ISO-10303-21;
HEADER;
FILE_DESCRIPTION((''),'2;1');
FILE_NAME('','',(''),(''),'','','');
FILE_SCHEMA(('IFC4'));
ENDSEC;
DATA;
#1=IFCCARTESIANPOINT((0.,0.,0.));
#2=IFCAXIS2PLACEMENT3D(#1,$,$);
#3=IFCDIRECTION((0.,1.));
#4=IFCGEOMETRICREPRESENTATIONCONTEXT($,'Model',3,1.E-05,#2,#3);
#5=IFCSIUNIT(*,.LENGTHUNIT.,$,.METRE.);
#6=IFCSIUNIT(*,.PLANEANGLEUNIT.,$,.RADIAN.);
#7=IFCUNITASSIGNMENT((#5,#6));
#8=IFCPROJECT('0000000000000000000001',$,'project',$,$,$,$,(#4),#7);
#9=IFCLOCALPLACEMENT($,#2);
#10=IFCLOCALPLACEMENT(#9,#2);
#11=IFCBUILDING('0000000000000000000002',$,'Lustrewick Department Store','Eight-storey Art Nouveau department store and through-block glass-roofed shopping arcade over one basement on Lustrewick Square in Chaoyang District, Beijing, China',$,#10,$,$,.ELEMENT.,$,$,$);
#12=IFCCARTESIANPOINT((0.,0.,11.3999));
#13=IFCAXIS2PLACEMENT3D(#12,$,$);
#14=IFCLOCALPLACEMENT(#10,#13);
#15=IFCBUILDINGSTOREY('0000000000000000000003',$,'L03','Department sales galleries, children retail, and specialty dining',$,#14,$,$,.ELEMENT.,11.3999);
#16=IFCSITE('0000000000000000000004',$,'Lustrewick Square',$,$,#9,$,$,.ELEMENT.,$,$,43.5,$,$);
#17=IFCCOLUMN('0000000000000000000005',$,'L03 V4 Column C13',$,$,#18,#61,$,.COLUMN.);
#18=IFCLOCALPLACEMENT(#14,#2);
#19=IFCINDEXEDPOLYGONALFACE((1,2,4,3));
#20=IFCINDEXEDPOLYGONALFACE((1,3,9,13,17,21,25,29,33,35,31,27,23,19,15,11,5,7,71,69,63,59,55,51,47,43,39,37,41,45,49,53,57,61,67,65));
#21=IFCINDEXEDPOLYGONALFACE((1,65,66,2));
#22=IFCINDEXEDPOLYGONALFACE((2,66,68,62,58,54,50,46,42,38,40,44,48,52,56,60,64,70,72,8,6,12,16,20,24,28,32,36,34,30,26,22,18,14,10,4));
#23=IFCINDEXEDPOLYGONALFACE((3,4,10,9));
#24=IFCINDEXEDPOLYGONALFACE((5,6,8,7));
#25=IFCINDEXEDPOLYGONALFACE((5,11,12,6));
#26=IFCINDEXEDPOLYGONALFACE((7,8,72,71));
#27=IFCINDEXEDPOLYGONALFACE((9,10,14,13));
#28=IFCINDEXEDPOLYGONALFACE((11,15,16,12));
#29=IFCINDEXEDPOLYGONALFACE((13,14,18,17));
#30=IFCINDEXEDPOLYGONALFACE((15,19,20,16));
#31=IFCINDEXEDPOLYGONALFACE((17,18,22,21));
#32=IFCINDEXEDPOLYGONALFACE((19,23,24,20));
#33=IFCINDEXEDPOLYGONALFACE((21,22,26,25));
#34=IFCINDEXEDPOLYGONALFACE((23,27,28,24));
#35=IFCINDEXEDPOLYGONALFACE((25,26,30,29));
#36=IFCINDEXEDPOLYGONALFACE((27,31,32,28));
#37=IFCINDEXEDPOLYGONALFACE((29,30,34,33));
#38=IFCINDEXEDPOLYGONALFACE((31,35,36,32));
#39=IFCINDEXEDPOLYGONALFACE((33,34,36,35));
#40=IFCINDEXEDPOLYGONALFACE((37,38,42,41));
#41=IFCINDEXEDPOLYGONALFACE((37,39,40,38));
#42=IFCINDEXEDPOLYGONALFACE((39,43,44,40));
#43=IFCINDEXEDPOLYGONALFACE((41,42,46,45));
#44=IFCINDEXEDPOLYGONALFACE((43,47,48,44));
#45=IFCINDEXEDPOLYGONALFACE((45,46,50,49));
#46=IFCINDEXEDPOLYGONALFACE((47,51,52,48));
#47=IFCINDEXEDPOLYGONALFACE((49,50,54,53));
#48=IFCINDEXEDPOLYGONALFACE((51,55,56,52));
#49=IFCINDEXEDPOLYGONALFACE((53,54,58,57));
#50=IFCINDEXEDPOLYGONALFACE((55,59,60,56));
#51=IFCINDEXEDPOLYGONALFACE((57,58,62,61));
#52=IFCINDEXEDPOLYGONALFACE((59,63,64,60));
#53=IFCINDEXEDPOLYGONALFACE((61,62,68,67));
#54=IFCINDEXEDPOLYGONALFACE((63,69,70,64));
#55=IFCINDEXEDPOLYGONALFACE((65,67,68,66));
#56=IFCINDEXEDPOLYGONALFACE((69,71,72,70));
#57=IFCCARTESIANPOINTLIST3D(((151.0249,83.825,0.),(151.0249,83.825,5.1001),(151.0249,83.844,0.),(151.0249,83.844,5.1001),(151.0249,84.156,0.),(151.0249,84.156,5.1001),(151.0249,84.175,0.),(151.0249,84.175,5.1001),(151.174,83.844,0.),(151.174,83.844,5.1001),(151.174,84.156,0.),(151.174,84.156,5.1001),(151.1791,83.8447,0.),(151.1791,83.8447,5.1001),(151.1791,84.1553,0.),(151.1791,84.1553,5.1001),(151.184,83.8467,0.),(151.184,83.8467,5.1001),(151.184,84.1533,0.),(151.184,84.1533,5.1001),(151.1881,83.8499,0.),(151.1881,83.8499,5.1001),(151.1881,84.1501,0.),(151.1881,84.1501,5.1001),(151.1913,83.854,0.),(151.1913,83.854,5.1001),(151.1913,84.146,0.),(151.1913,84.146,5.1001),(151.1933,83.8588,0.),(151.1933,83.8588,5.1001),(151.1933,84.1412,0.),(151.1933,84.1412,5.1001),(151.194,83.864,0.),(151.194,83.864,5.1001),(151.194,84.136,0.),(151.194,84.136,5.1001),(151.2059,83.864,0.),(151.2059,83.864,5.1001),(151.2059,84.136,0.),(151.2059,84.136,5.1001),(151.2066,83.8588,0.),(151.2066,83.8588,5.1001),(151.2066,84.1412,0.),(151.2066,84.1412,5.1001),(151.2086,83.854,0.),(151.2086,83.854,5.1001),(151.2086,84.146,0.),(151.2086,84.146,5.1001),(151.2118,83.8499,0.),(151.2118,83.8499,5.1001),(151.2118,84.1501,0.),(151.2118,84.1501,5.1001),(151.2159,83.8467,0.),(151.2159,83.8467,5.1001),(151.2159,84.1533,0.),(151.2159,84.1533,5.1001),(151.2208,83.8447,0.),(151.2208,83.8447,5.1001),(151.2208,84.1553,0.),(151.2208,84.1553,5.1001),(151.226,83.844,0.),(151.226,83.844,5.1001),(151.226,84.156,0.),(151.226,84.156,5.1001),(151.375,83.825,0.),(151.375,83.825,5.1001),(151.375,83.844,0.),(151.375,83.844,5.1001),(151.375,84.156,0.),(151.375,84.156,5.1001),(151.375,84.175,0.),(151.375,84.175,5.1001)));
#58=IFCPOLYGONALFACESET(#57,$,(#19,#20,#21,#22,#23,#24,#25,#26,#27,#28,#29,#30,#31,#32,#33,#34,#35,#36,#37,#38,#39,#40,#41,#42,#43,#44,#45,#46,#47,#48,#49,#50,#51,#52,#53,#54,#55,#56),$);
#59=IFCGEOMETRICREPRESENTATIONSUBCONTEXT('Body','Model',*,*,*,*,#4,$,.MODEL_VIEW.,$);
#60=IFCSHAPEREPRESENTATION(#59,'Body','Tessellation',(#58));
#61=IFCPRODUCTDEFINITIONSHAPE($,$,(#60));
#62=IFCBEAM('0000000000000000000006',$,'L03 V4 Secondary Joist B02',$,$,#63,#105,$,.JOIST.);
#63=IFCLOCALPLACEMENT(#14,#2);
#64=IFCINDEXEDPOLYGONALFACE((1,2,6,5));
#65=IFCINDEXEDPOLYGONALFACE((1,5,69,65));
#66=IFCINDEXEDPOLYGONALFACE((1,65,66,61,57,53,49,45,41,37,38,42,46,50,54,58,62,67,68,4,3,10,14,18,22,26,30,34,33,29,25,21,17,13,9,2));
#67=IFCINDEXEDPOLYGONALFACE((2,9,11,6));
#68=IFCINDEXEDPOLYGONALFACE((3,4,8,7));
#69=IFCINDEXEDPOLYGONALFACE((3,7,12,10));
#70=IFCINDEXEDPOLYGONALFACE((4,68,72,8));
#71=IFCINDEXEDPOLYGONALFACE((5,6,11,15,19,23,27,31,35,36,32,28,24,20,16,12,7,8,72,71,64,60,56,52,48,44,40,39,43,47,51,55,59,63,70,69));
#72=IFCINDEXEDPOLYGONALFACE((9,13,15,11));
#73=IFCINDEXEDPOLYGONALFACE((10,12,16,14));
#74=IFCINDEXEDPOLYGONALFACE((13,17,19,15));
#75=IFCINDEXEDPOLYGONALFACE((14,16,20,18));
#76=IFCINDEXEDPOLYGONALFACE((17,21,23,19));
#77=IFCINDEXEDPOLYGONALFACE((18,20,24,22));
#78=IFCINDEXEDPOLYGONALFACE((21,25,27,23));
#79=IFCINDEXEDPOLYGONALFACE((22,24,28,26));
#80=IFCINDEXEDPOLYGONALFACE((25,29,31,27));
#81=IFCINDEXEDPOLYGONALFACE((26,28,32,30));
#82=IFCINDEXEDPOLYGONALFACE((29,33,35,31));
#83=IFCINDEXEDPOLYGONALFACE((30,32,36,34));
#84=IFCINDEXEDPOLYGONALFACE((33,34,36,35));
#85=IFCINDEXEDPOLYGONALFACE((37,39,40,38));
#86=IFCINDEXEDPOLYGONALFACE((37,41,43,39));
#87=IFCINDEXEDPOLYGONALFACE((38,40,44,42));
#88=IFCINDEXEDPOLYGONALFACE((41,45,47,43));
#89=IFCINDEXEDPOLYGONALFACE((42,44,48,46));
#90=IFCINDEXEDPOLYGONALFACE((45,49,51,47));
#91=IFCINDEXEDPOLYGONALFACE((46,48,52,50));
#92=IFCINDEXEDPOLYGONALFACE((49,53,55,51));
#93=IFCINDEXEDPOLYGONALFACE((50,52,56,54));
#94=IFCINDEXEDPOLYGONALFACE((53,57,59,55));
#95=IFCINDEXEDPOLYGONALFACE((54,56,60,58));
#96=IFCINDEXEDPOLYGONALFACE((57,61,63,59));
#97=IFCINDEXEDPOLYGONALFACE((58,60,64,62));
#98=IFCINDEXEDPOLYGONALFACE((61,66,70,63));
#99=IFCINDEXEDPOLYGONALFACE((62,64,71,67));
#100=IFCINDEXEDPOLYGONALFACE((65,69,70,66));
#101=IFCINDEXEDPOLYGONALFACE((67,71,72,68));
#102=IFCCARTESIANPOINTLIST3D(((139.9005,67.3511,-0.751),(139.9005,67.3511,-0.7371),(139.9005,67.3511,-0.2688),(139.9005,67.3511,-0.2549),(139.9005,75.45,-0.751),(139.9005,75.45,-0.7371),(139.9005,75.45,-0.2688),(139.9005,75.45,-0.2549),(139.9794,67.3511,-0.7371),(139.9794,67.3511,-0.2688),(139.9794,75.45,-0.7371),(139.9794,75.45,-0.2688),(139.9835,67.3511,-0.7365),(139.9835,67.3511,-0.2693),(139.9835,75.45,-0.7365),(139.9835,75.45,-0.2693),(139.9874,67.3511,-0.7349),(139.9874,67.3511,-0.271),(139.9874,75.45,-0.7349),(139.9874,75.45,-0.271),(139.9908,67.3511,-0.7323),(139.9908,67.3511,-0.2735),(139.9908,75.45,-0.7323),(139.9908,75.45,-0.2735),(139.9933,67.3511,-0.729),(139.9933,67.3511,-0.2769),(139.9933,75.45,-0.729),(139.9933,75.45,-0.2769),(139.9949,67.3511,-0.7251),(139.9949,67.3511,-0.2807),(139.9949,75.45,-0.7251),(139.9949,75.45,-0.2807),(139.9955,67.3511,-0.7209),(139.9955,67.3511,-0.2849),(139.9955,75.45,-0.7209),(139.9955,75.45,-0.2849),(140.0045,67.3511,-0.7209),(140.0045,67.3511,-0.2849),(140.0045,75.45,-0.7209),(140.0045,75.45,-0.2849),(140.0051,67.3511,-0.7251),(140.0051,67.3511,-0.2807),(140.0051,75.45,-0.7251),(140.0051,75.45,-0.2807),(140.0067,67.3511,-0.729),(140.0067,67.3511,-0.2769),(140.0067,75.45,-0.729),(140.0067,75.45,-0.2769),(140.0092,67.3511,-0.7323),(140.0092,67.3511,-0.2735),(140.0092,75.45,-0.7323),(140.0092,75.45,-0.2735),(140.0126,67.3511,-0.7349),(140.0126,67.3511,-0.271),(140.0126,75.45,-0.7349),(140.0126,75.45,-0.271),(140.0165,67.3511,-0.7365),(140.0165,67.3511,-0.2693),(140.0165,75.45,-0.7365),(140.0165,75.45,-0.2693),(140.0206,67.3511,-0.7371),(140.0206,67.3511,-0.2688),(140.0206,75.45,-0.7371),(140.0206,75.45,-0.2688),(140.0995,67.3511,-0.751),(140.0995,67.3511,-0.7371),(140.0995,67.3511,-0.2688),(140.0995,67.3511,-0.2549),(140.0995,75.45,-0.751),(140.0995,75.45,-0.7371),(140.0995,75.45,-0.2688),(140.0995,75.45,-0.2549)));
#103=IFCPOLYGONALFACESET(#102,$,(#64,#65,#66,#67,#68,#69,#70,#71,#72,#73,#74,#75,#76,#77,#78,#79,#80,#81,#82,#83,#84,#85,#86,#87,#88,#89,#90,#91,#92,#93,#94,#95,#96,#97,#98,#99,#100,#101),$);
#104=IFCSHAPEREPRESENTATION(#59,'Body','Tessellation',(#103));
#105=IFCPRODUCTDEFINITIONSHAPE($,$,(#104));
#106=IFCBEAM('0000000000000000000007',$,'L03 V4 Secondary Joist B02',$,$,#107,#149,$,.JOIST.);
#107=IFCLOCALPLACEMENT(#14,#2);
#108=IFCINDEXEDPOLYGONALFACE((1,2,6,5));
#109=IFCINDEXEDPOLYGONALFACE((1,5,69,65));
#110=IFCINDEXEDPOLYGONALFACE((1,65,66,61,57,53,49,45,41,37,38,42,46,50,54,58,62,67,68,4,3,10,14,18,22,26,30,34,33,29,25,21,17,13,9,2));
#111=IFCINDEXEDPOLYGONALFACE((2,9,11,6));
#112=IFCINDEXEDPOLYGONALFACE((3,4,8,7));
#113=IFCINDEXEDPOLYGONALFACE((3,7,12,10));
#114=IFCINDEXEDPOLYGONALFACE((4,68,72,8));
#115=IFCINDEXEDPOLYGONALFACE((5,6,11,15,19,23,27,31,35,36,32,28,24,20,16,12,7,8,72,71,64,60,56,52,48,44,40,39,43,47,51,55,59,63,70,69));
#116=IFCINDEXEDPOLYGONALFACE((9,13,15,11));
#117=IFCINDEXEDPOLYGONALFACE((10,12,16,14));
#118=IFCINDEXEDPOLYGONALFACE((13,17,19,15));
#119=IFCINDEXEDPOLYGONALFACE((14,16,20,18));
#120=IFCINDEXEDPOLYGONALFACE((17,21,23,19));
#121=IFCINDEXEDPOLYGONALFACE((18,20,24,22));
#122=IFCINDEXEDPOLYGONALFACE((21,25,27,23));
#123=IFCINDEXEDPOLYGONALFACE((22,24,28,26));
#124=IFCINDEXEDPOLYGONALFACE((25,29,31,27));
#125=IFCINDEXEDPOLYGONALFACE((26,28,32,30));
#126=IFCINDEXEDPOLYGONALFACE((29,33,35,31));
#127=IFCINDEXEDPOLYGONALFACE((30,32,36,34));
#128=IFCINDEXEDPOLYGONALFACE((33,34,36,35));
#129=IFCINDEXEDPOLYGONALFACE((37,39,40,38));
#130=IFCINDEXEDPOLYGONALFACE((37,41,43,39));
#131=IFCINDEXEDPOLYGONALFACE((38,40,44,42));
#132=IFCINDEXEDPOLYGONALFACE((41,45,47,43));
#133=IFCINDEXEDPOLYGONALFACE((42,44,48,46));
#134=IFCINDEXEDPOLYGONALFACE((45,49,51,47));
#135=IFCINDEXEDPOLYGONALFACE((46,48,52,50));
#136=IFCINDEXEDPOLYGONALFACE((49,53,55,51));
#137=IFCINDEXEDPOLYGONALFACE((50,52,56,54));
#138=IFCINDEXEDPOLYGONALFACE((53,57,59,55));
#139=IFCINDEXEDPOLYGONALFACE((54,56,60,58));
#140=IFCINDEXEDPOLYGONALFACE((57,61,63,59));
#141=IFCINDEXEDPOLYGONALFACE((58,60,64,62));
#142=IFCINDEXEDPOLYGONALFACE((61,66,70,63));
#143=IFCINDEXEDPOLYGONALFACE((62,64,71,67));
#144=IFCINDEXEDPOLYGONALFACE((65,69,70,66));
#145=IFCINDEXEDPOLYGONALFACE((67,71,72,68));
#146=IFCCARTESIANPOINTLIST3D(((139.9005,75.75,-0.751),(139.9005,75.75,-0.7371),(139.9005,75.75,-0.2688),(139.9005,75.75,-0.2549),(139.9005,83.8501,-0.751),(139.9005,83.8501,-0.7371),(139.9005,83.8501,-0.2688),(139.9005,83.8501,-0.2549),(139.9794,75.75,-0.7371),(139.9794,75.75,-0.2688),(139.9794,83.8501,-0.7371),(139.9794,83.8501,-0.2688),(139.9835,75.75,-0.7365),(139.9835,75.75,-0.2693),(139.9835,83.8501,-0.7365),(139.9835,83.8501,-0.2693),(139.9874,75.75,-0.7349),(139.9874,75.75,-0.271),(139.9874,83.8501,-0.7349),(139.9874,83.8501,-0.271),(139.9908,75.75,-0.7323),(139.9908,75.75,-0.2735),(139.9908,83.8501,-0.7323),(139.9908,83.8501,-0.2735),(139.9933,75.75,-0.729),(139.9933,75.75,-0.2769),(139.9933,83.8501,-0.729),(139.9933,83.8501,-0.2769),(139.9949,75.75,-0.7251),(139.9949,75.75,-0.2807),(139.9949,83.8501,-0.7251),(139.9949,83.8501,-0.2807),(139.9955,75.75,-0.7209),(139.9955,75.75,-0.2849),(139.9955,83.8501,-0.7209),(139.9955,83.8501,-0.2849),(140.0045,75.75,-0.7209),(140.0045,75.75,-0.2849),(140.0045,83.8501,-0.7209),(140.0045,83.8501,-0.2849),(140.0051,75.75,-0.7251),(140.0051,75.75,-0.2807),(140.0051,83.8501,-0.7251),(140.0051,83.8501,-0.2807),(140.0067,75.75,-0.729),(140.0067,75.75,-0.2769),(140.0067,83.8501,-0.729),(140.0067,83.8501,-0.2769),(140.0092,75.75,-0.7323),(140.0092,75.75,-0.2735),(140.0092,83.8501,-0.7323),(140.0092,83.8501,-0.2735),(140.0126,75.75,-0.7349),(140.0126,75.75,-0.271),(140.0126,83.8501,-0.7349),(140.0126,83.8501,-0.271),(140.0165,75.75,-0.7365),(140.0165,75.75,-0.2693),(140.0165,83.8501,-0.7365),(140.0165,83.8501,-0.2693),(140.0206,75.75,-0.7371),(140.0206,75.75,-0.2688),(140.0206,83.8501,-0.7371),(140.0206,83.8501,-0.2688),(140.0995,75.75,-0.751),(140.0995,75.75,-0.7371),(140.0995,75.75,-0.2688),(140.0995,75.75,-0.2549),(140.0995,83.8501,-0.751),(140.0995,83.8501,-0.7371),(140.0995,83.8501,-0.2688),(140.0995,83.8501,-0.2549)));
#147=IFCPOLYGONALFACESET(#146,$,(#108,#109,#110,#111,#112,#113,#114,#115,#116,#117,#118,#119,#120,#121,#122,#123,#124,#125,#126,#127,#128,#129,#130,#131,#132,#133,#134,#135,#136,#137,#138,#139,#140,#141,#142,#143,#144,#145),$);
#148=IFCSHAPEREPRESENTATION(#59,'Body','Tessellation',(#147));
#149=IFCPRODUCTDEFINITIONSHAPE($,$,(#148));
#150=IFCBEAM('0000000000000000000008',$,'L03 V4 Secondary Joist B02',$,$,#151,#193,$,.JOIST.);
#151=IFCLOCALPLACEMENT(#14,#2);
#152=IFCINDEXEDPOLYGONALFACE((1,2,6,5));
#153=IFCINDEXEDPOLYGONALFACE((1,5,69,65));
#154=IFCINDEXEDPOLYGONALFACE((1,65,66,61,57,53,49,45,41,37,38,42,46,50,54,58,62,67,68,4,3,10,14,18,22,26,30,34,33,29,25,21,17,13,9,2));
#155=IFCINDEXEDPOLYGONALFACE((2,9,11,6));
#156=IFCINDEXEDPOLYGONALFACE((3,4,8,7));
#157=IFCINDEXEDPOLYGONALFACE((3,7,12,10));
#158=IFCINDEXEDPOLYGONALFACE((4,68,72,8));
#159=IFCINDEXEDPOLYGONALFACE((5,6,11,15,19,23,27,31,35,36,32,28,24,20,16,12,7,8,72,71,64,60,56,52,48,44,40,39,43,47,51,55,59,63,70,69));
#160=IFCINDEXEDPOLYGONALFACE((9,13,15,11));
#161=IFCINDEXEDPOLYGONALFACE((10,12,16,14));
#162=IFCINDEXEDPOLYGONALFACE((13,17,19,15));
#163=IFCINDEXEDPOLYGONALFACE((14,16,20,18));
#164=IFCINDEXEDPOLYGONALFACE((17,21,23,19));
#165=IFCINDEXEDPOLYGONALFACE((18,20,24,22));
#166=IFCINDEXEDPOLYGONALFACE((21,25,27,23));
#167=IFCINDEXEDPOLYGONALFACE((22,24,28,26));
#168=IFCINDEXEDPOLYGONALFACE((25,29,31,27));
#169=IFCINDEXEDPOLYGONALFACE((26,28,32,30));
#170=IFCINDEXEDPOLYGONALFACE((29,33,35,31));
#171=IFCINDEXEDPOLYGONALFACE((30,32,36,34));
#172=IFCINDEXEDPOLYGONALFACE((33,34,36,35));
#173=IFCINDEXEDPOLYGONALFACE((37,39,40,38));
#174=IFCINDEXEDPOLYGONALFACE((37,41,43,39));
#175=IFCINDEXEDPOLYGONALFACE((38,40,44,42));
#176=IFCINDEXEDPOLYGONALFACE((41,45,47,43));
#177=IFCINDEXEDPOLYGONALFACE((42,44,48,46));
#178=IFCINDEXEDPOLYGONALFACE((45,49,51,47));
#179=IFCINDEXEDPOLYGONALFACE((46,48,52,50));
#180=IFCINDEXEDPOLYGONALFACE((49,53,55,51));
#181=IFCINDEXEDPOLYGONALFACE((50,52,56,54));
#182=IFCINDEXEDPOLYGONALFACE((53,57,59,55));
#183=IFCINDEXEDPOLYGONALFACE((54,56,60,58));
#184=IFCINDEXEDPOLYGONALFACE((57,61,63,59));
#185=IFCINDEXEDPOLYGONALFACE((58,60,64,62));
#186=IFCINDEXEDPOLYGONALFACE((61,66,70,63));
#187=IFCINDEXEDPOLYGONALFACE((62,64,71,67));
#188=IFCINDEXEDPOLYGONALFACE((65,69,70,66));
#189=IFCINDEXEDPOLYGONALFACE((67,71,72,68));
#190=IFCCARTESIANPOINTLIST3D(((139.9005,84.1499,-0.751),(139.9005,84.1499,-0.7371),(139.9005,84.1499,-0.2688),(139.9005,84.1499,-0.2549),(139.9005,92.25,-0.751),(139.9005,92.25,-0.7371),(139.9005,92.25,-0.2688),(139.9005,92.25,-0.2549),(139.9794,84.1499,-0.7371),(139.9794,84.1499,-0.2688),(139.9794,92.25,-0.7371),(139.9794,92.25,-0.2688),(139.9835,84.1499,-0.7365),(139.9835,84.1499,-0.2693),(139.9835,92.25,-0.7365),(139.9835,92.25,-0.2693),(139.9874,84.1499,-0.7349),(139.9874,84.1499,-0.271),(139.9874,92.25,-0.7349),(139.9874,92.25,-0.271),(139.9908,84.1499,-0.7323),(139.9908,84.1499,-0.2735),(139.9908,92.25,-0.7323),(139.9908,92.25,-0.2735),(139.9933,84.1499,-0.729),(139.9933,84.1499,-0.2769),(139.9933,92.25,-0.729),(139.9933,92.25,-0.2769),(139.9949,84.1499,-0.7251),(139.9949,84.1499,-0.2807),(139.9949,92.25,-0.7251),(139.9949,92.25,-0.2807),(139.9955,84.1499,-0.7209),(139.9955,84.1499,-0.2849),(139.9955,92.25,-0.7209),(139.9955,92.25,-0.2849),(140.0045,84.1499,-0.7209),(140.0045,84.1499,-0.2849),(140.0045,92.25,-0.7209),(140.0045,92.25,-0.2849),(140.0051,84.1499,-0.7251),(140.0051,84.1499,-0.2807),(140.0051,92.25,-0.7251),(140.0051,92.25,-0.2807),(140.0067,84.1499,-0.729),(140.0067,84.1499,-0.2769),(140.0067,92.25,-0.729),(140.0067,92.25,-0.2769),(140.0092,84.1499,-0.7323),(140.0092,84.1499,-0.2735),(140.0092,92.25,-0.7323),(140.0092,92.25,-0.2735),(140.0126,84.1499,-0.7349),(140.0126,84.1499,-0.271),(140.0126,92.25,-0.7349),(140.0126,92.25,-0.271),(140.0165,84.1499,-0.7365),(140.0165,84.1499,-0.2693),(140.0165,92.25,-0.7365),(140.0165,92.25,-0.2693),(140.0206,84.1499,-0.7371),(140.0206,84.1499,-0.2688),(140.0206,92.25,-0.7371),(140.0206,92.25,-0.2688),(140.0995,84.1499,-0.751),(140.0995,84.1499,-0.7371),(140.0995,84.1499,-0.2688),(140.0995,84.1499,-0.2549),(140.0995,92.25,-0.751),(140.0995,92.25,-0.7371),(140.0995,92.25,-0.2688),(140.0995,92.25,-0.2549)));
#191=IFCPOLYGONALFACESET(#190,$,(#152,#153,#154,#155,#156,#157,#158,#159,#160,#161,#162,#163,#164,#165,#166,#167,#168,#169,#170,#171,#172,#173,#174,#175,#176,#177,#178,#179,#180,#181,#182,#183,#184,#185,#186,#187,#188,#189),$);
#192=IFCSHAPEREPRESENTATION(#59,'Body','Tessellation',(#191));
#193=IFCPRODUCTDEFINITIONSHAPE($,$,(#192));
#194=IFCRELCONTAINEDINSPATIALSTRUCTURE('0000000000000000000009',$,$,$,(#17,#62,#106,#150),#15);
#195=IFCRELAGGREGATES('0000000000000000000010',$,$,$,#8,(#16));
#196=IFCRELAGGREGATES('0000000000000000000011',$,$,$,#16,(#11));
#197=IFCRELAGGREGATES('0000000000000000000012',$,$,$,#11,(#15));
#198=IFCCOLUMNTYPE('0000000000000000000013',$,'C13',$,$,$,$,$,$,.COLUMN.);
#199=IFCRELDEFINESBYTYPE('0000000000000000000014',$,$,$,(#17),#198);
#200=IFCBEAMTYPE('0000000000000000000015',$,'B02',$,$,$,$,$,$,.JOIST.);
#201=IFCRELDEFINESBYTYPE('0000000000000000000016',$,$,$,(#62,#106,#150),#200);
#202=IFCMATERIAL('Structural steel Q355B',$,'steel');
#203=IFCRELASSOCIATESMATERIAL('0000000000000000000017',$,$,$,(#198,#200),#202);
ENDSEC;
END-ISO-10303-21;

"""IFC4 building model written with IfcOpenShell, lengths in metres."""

from ifc_helpers import new_model, si_unit, direction, frame, origin, origin_2d, place, context, subcontext, project, spatial, i_section, extrude, material, material_profile, profile_set, type_object, element, save


model = new_model("IFC4")

# Units and contexts
model_context = context("Model", 3, precision=1e-05, world=origin(), true_north=direction((0.0, 1.0)))
body_context = subcontext(model_context, "Body", "Model", "MODEL_VIEW")
ifc_project = project(units=[si_unit("LENGTHUNIT", "METRE"), si_unit("PLANEANGLEUNIT", "RADIAN")], contexts=[model_context])

# Site, building, storey
site_placement = place(None, origin())
site = spatial("IfcSite", under=ifc_project, at=site_placement, Name="Lustrewick Square", CompositionType="ELEMENT", RefElevation=43.5)
building_placement = place(site_placement, origin())
building = spatial("IfcBuilding", under=site, at=building_placement, Name="Lustrewick Department Store", Description="Eight-storey Art Nouveau department store and through-block glass-roofed shopping arcade over one basement on Lustrewick Square in Chaoyang District, Beijing, China", CompositionType="ELEMENT")
storey_placement = place(building_placement, frame((0.0, 0.0, 11.3999)))
storey = spatial("IfcBuildingStorey", under=building, at=storey_placement, Name="L03", Description="Department sales galleries, children retail, and specialty dining", CompositionType="ELEMENT", Elevation=11.3999)

# Column
ifc_material_1 = material(Name="Structural steel Q355B", Category="steel")
ifc_material_profile_1 = material_profile(ifc_material_1, i_section(OverallWidth=0.3501, OverallDepth=0.3501, WebThickness=0.012, FlangeThickness=0.019, FilletRadius=0.02, at=origin_2d()), Name="HW 350x350x12x19")
ifc_profile_set_1 = profile_set([ifc_material_profile_1], Name="Structural steel Q355B")
column_type_1 = type_object("IfcColumnType", Name="C13", PredefinedType="COLUMN", material=ifc_profile_set_1)
for number, where, z_axis, x_axis, name in (
    (1, (151.2, 84.0, 0.0), (0.0, 0.0, 1.0), (1.0, 0.0, 0.0), "L03 V4 Column C13"),
):
    element("IfcColumn", number, at=place(storey_placement, frame(where, z_axis=z_axis, x_axis=x_axis)), inside=storey, type_object=column_type_1, Name=name, PredefinedType="COLUMN", context=body_context, shape_type="SweptSolid", body=[
        extrude(i_section(OverallWidth=0.3501, OverallDepth=0.3501, WebThickness=0.012, FlangeThickness=0.019, FilletRadius=0.02, at=origin_2d()), origin(), (0.0, 0.0, 1.0), 5.1001),
    ])

# Beams
ifc_material_profile_2 = material_profile(ifc_material_1, i_section(OverallWidth=0.199, OverallDepth=0.4961, WebThickness=0.009, FlangeThickness=0.0139, FilletRadius=0.0161, at=origin_2d()), Name="HN 496x199x9x14")
ifc_profile_set_2 = profile_set([ifc_material_profile_2], Name="Structural steel Q355B")
beam_type_1 = type_object("IfcBeamType", Name="B02", PredefinedType="JOIST", material=ifc_profile_set_2)
beam_1_placement = place(storey_placement, frame((140.0, 67.3511, -0.5029), z_axis=(0.0, 1.0, 0.0), x_axis=(-1.0, 0.0, 0.0)))
element("IfcBeam", 2, at=beam_1_placement, inside=storey, type_object=beam_type_1, Name="L03 V4 Secondary Joist B02", PredefinedType="JOIST", context=body_context, shape_type="SweptSolid", body=[
    extrude(i_section(OverallWidth=0.199, OverallDepth=0.4961, WebThickness=0.009, FlangeThickness=0.0139, FilletRadius=0.0161, at=origin_2d()), origin(), (0.0, 0.0, 1.0), 8.0989),
])
for number, where, z_axis, x_axis, name in (
    (3, (140.0, 75.75, -0.5029), (0.0, 1.0, 0.0), (-1.0, 0.0, 0.0), "L03 V4 Secondary Joist B02"),
    (4, (140.0, 84.1499, -0.5029), (0.0, 1.0, 0.0), (-1.0, 0.0, 0.0), "L03 V4 Secondary Joist B02"),
):
    element("IfcBeam", number, at=place(storey_placement, frame(where, z_axis=z_axis, x_axis=x_axis)), inside=storey, type_object=beam_type_1, Name=name, PredefinedType="JOIST", context=body_context, shape_type="SweptSolid", body=[
        extrude(i_section(OverallWidth=0.199, OverallDepth=0.4961, WebThickness=0.009, FlangeThickness=0.0139, FilletRadius=0.0161, at=origin_2d()), origin(), (0.0, 0.0, 1.0), 8.1001),
    ])

save(model, "model.ifc")
